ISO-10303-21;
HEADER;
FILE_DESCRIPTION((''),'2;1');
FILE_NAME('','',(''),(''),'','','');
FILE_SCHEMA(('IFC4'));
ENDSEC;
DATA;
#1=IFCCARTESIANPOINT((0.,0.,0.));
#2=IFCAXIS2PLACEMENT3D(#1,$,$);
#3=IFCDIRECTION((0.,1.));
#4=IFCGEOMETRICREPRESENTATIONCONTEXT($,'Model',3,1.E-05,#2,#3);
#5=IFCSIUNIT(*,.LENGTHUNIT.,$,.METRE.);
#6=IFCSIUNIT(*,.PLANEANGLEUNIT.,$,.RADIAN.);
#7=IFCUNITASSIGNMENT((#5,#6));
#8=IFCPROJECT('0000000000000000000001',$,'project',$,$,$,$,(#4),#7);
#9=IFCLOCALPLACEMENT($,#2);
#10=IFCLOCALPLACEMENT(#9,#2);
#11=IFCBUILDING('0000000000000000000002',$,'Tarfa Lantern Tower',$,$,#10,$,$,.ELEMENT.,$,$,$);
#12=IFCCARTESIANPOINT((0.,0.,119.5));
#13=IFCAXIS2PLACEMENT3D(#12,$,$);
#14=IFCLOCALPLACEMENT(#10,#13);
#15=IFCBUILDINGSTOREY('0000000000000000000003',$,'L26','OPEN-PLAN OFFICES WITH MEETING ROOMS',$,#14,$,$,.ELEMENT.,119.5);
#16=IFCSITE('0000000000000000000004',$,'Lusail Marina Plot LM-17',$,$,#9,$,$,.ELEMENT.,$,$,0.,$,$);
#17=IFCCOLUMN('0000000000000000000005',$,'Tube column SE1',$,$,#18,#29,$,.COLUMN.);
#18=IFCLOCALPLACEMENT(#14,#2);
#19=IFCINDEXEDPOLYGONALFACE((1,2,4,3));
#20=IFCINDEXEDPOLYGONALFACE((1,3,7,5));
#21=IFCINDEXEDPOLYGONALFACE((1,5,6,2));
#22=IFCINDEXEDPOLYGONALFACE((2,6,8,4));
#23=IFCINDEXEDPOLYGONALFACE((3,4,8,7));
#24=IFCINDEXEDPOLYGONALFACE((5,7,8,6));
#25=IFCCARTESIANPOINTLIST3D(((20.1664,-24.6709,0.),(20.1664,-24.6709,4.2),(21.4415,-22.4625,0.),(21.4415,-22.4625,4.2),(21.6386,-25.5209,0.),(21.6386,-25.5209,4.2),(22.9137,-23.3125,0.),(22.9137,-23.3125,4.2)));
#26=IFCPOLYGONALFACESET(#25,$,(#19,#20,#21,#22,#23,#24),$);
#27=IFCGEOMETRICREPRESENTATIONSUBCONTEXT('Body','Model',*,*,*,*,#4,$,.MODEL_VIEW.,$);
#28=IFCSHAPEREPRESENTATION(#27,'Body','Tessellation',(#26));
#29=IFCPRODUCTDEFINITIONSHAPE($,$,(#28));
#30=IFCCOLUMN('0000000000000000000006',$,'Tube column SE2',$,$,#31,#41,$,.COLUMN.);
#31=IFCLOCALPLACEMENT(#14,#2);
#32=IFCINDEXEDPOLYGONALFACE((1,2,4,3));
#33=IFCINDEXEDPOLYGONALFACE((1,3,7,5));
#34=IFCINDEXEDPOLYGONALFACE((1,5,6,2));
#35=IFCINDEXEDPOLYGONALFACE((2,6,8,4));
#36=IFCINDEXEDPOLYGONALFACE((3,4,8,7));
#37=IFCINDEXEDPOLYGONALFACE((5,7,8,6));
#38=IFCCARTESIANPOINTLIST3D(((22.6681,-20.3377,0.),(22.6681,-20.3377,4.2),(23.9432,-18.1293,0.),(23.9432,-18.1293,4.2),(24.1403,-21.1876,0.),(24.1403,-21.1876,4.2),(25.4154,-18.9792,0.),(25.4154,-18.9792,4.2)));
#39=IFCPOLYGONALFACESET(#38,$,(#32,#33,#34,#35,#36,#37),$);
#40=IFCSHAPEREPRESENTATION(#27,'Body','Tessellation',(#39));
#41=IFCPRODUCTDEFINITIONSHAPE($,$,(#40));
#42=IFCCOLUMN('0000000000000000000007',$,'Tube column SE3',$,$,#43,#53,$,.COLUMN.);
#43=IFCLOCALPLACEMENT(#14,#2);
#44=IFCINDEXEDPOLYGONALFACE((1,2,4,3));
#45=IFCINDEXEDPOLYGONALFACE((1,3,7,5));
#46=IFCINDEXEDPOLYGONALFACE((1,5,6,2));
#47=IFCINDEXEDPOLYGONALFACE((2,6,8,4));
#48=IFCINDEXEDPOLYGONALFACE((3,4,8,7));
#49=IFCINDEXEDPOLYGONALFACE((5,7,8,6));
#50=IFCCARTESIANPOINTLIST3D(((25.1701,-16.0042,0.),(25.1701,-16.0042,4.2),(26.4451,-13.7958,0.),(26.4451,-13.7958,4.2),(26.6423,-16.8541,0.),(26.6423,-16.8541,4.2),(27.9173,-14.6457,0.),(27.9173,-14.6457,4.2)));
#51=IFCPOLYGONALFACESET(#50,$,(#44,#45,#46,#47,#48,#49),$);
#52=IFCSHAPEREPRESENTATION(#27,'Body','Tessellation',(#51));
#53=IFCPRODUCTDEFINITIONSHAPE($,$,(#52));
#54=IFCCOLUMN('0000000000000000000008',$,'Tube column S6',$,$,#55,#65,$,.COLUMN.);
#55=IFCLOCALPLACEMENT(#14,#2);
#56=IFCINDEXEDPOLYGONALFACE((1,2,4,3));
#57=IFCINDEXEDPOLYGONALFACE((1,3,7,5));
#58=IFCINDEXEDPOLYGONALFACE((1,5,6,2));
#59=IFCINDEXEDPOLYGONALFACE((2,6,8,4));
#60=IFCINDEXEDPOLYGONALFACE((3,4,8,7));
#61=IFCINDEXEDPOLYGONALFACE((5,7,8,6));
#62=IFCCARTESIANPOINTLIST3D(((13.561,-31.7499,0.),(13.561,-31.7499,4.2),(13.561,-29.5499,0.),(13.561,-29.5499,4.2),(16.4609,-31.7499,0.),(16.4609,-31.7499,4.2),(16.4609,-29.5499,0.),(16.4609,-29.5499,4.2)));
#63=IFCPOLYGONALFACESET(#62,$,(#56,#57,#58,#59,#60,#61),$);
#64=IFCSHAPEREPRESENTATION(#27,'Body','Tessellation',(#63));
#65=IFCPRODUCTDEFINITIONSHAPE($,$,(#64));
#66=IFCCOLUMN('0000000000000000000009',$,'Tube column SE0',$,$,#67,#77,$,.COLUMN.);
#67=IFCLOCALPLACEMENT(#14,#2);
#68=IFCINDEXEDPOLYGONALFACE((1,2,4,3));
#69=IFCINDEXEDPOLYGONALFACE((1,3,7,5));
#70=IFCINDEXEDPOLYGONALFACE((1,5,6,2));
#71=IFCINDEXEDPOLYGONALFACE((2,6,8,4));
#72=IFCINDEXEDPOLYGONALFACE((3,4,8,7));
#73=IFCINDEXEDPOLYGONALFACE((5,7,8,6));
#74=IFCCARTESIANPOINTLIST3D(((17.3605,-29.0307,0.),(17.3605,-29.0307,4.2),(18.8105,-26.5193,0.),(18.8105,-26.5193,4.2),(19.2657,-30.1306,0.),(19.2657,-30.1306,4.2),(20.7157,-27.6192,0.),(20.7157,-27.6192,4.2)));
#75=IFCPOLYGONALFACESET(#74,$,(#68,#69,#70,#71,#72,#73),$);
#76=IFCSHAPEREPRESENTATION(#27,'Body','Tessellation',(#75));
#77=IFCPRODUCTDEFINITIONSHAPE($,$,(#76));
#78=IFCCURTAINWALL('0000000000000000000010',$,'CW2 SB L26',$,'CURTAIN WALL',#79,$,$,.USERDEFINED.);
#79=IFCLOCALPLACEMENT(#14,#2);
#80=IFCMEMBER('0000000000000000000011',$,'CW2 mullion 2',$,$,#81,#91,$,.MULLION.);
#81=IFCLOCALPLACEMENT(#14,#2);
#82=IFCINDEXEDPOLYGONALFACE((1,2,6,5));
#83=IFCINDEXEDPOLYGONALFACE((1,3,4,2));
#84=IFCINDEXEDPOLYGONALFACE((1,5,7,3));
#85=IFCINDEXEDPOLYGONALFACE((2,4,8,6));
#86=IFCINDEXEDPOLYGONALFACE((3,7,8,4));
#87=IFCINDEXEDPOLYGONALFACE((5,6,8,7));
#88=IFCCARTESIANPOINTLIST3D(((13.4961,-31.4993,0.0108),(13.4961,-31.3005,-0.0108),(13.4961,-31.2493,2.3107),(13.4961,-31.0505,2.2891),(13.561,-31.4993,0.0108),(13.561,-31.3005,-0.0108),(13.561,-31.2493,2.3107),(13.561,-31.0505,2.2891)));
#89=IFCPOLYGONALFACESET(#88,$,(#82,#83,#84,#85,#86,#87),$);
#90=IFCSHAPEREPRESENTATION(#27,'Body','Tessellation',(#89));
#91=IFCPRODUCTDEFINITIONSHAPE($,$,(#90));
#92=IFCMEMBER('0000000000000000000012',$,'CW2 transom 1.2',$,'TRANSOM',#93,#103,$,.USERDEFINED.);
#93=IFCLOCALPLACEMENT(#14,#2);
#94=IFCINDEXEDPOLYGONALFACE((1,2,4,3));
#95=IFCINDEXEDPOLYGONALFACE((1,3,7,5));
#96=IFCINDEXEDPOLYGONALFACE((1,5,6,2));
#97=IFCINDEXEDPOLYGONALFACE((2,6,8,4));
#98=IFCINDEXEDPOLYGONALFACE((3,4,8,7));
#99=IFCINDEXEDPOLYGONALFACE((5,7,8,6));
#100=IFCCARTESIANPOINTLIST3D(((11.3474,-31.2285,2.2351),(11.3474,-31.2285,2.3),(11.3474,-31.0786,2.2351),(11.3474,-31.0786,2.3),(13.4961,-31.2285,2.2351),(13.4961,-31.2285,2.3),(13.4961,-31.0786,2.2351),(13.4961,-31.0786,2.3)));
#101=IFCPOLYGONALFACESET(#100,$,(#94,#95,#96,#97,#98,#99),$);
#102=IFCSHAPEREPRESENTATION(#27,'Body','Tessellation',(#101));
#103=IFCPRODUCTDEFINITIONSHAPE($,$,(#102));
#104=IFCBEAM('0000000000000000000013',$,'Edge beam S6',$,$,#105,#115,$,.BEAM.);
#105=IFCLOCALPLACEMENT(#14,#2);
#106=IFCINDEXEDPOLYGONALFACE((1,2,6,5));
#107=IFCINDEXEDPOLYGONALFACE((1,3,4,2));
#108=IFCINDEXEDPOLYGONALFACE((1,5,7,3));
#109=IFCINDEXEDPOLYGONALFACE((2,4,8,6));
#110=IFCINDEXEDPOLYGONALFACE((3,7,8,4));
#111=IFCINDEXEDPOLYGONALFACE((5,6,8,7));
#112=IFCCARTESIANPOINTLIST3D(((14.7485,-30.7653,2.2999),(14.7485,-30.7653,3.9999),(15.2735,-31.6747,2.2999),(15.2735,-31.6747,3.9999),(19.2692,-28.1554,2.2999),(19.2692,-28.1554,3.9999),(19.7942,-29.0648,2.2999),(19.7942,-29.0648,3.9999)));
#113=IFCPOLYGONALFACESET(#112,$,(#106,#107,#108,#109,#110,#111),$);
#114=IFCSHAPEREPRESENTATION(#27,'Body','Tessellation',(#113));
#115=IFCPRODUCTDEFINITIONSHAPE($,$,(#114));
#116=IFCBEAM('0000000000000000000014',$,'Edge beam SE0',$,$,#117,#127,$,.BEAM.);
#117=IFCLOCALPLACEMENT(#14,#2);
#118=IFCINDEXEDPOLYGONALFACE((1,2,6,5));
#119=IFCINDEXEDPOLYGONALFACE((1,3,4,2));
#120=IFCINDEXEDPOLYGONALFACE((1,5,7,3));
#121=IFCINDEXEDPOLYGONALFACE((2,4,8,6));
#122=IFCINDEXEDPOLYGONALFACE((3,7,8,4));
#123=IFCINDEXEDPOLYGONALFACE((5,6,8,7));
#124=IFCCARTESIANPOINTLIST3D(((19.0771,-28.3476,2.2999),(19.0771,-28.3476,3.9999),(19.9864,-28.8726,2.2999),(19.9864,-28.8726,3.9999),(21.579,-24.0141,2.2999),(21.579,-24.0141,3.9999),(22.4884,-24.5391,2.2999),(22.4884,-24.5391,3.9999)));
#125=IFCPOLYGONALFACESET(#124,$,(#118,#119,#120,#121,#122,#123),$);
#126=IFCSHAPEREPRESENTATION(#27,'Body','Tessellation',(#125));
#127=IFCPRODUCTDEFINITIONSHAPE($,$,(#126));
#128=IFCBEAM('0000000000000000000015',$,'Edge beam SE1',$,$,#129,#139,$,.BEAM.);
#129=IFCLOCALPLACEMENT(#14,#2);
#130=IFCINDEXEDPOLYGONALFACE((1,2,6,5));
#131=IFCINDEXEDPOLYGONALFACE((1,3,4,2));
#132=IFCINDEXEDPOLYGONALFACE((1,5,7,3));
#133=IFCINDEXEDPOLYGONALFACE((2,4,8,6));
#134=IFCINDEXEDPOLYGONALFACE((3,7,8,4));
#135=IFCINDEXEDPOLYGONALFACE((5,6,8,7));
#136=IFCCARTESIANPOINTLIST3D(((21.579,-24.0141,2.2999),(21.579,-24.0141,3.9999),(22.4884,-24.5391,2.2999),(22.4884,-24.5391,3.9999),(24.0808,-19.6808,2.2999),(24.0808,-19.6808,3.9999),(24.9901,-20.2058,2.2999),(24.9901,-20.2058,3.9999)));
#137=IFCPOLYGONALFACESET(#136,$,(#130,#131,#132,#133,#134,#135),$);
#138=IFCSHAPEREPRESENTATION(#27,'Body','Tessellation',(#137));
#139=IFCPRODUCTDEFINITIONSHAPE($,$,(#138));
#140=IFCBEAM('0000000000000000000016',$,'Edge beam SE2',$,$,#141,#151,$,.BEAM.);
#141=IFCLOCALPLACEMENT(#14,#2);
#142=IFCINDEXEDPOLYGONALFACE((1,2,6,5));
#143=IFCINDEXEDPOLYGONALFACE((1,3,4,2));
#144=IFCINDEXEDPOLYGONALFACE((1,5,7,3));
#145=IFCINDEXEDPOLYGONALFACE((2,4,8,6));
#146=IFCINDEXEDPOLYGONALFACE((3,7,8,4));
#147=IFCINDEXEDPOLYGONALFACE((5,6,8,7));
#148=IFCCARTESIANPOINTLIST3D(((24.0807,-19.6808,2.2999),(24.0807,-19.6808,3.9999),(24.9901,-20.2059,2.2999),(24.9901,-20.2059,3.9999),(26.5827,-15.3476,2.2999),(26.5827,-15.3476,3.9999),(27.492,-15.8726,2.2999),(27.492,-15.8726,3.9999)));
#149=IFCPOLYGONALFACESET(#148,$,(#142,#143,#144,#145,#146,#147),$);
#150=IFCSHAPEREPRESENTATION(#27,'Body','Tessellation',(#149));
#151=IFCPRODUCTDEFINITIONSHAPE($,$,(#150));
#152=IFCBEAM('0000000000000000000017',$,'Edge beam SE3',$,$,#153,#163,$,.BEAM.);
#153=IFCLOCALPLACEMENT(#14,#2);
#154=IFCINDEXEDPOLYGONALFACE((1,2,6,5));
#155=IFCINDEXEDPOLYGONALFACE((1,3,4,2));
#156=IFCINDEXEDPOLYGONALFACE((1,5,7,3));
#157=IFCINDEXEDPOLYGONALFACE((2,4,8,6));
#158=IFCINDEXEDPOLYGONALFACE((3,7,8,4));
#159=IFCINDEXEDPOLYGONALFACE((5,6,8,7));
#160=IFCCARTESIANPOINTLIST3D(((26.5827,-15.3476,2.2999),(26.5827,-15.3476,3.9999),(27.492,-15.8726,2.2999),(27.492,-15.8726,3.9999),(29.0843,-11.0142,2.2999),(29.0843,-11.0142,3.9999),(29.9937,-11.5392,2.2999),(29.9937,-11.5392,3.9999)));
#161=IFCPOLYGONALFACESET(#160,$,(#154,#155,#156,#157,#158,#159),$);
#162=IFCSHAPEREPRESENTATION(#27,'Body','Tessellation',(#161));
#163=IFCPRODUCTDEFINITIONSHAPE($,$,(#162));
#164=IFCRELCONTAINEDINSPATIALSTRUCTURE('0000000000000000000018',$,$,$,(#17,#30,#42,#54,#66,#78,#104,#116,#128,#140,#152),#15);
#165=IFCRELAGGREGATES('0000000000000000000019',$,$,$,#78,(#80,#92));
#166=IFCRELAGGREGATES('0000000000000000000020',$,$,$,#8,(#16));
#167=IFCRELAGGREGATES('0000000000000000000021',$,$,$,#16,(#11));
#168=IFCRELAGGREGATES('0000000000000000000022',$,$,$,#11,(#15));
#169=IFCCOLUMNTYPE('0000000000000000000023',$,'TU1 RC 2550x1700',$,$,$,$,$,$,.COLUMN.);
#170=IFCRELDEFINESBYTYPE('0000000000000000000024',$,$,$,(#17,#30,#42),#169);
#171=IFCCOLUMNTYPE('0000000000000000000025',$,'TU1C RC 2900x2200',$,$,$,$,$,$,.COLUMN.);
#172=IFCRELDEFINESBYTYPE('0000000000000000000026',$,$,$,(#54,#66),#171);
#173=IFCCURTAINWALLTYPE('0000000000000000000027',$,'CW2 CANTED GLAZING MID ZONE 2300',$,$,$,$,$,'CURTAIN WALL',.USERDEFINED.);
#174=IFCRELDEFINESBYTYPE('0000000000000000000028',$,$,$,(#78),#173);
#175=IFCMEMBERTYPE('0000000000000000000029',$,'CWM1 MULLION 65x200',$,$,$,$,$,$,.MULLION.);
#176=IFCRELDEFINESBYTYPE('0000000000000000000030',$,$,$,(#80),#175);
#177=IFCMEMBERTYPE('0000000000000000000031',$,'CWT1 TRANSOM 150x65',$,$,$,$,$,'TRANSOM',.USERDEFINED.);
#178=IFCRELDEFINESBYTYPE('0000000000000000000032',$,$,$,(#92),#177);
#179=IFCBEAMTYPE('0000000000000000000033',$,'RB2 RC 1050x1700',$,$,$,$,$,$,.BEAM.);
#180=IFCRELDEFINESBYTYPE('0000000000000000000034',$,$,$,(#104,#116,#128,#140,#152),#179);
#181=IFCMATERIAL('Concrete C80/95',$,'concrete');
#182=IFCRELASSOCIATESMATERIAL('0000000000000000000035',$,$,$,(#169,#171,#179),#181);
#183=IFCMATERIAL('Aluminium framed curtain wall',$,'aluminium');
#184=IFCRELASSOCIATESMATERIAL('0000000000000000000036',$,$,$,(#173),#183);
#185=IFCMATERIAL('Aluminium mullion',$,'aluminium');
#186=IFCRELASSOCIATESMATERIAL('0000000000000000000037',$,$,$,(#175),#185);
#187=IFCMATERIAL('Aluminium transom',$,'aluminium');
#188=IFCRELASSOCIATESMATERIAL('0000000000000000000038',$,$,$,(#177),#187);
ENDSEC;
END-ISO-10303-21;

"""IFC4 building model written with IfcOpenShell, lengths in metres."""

from ifc_helpers import new_model, si_unit, direction, frame, origin, origin_2d, place, context, subcontext, project, spatial, rectangle, extrude, material, material_profile, profile_set, type_object, element, aggregate, save


model = new_model("IFC4")

# Units and contexts
model_context = context("Model", 3, precision=1e-05, world=origin(), true_north=direction((0.0, 1.0)))
body_context = subcontext(model_context, "Body", "Model", "MODEL_VIEW")
ifc_project = project(units=[si_unit("LENGTHUNIT", "METRE"), si_unit("PLANEANGLEUNIT", "RADIAN")], contexts=[model_context])

# Site, building, storey
site_placement = place(None, origin())
site = spatial("IfcSite", under=ifc_project, at=site_placement, Name="Lusail Marina Plot LM-17", CompositionType="ELEMENT", RefElevation=0.0)
building_placement = place(site_placement, origin())
building = spatial("IfcBuilding", under=site, at=building_placement, Name="Tarfa Lantern Tower", CompositionType="ELEMENT")
storey_placement = place(building_placement, frame((0.0, 0.0, 119.5)))
storey = spatial("IfcBuildingStorey", under=building, at=storey_placement, Name="L26", Description="OPEN-PLAN OFFICES WITH MEETING ROOMS", CompositionType="ELEMENT", Elevation=119.5)

# Columns
ifc_material_1 = material(Name="Concrete C80/95", Category="concrete")
ifc_material_profile_1 = material_profile(ifc_material_1, rectangle(XDim=2.55, YDim=1.7, at=origin_2d()), Name="RC 2550x1700")
ifc_profile_set_1 = profile_set([ifc_material_profile_1], Name="Concrete C80/95")
column_type_1 = type_object("IfcColumnType", Name="TU1 RC 2550x1700", PredefinedType="COLUMN", material=ifc_profile_set_1)
for number, where, z_axis, x_axis, name in (
    (1, (21.54, -23.9917, 0.0), (0.0, 0.0, 1.0), (0.5, 0.866025, 0.0), "Tube column SE1"),
    (2, (24.0417, -19.6584, 0.0), (0.0, 0.0, 1.0), (0.5, 0.866025, 0.0), "Tube column SE2"),
    (3, (26.5437, -15.325, 0.0), (0.0, 0.0, 1.0), (0.5, 0.866025, 0.0), "Tube column SE3"),
):
    element("IfcColumn", number, at=place(storey_placement, frame(where, z_axis=z_axis, x_axis=x_axis)), inside=storey, type_object=column_type_1, Name=name, PredefinedType="COLUMN", context=body_context, shape_type="SweptSolid", body=[
        extrude(rectangle(XDim=2.55, YDim=1.7, at=origin_2d()), origin(), (0.0, 0.0, 1.0), 4.2),
    ])
ifc_material_profile_2 = material_profile(ifc_material_1, rectangle(XDim=2.8999, YDim=2.2, at=origin_2d()), Name="RC 2900x2200")
ifc_profile_set_2 = profile_set([ifc_material_profile_2], Name="Concrete C80/95")
column_type_2 = type_object("IfcColumnType", Name="TU1C RC 2900x2200", PredefinedType="COLUMN", material=ifc_profile_set_2)
for number, where, z_axis, x_axis, name in (
    (4, (15.011, -30.6499, 0.0), (0.0, 0.0, 1.0), (1.0, 0.0, 0.0), "Tube column S6"),
    (5, (19.0381, -28.325, 0.0), (0.0, 0.0, 1.0), (0.5, 0.866025, 0.0), "Tube column SE0"),
):
    element("IfcColumn", number, at=place(storey_placement, frame(where, z_axis=z_axis, x_axis=x_axis)), inside=storey, type_object=column_type_2, Name=name, PredefinedType="COLUMN", context=body_context, shape_type="SweptSolid", body=[
        extrude(rectangle(XDim=2.8999, YDim=2.2, at=origin_2d()), origin(), (0.0, 0.0, 1.0), 4.2),
    ])

# Curtain wall, members
ifc_material_2 = material(Name="Aluminium framed curtain wall", Category="aluminium")
curtain_wall_type = type_object("IfcCurtainWallType", Name="CW2 CANTED GLAZING MID ZONE 2300", ElementType="CURTAIN WALL", PredefinedType="USERDEFINED", material=ifc_material_2)
curtain_wall_placement = place(storey_placement, origin())
curtain_wall = element("IfcCurtainWall", 6, at=curtain_wall_placement, inside=storey, type_object=curtain_wall_type, Name="CW2 SB L26", ObjectType="CURTAIN WALL", PredefinedType="USERDEFINED")
ifc_material_3 = material(Name="Aluminium mullion", Category="aluminium")
ifc_material_profile_3 = material_profile(ifc_material_3, rectangle(XDim=0.0649, YDim=0.2, at=origin_2d()), Name="AL MULLION 65x200")
ifc_profile_set_3 = profile_set([ifc_material_profile_3], Name="Aluminium mullion")
member_type_1 = type_object("IfcMemberType", Name="CWM1 MULLION 65x200", PredefinedType="MULLION", material=ifc_profile_set_3)
member_1_placement = place(storey_placement, frame((13.5286, -31.3999, 0.0), z_axis=(0.0, 0.108057, 0.994145), x_axis=(-1.0, 0.0, 0.0)))
member_1 = element("IfcMember", 7, at=member_1_placement, type_object=member_type_1, Name="CW2 mullion 2", PredefinedType="MULLION", context=body_context, shape_type="SweptSolid", body=[
    extrude(rectangle(XDim=0.0649, YDim=0.2, at=origin_2d()), origin(), (0.0, 0.0, 1.0), 2.3135),
])
ifc_material_4 = material(Name="Aluminium transom", Category="aluminium")
ifc_material_profile_4 = material_profile(ifc_material_4, rectangle(XDim=0.1499, YDim=0.0649, at=origin_2d()), Name="AL TRANSOM 150x65")
ifc_profile_set_4 = profile_set([ifc_material_profile_4], Name="Aluminium transom")
member_type_2 = type_object("IfcMemberType", Name="CWT1 TRANSOM 150x65", ElementType="TRANSOM", PredefinedType="USERDEFINED", material=ifc_profile_set_4)
member_2_placement = place(storey_placement, frame((11.3474, -31.1536, 2.2676), z_axis=(1.0, 0.0, 0.0), x_axis=(0.0, 1.0, 0.0)))
member_2 = element("IfcMember", 8, at=member_2_placement, type_object=member_type_2, Name="CW2 transom 1.2", ObjectType="TRANSOM", PredefinedType="USERDEFINED", context=body_context, shape_type="SweptSolid", body=[
    extrude(rectangle(XDim=0.1499, YDim=0.0649, at=origin_2d()), origin(), (0.0, 0.0, 1.0), 2.1487),
])
aggregate(curtain_wall, [member_1, member_2])

# Beams
ifc_material_profile_5 = material_profile(ifc_material_1, rectangle(XDim=1.05, YDim=1.7, at=origin_2d()), Name="RC 1050x1700")
ifc_profile_set_5 = profile_set([ifc_material_profile_5], Name="Concrete C80/95")
beam_type_1 = type_object("IfcBeamType", Name="RB2 RC 1050x1700", PredefinedType="BEAM", material=ifc_profile_set_5)
beam_1_placement = place(storey_placement, frame((15.011, -31.22, 3.1499), z_axis=(0.866042, 0.499972, 0.0), x_axis=(-0.499972, 0.866042, 0.0)))
element("IfcBeam", 9, at=beam_1_placement, inside=storey, type_object=beam_type_1, Name="Edge beam S6", PredefinedType="BEAM", context=body_context, shape_type="SweptSolid", body=[
    extrude(rectangle(XDim=1.05, YDim=1.7, at=origin_2d()), origin(), (0.0, 0.0, 1.0), 5.22),
])
beam_2_placement = place(storey_placement, frame((19.5317, -28.6101, 3.1499), z_axis=(0.500001, 0.866025, 0.0), x_axis=(-0.866025, 0.500001, 0.0)))
element("IfcBeam", 10, at=beam_2_placement, inside=storey, type_object=beam_type_1, Name="Edge beam SE0", PredefinedType="BEAM", context=body_context, shape_type="SweptSolid", body=[
    extrude(rectangle(XDim=1.05, YDim=1.7, at=origin_2d()), origin(), (0.0, 0.0, 1.0), 5.0039),
])
for number, where, z_axis, x_axis, name in (
    (11, (22.0337, -24.2766, 3.1499), (0.499986, 0.866034, 0.0), (-0.866034, 0.499986, 0.0), "Edge beam SE1"),
    (12, (24.5354, -19.9434, 3.1499), (0.500022, 0.866013, 0.0), (-0.866013, 0.500022, 0.0), "Edge beam SE2"),
    (13, (27.0374, -15.6101, 3.1499), (0.499965, 0.866046, 0.0), (-0.866046, 0.499965, 0.0), "Edge beam SE3"),
):
    element("IfcBeam", number, at=place(storey_placement, frame(where, z_axis=z_axis, x_axis=x_axis)), inside=storey, type_object=beam_type_1, Name=name, PredefinedType="BEAM", context=body_context, shape_type="SweptSolid", body=[
        extrude(rectangle(XDim=1.05, YDim=1.7, at=origin_2d()), origin(), (0.0, 0.0, 1.0), 5.0037),
    ])

save(model, "model.ifc")
